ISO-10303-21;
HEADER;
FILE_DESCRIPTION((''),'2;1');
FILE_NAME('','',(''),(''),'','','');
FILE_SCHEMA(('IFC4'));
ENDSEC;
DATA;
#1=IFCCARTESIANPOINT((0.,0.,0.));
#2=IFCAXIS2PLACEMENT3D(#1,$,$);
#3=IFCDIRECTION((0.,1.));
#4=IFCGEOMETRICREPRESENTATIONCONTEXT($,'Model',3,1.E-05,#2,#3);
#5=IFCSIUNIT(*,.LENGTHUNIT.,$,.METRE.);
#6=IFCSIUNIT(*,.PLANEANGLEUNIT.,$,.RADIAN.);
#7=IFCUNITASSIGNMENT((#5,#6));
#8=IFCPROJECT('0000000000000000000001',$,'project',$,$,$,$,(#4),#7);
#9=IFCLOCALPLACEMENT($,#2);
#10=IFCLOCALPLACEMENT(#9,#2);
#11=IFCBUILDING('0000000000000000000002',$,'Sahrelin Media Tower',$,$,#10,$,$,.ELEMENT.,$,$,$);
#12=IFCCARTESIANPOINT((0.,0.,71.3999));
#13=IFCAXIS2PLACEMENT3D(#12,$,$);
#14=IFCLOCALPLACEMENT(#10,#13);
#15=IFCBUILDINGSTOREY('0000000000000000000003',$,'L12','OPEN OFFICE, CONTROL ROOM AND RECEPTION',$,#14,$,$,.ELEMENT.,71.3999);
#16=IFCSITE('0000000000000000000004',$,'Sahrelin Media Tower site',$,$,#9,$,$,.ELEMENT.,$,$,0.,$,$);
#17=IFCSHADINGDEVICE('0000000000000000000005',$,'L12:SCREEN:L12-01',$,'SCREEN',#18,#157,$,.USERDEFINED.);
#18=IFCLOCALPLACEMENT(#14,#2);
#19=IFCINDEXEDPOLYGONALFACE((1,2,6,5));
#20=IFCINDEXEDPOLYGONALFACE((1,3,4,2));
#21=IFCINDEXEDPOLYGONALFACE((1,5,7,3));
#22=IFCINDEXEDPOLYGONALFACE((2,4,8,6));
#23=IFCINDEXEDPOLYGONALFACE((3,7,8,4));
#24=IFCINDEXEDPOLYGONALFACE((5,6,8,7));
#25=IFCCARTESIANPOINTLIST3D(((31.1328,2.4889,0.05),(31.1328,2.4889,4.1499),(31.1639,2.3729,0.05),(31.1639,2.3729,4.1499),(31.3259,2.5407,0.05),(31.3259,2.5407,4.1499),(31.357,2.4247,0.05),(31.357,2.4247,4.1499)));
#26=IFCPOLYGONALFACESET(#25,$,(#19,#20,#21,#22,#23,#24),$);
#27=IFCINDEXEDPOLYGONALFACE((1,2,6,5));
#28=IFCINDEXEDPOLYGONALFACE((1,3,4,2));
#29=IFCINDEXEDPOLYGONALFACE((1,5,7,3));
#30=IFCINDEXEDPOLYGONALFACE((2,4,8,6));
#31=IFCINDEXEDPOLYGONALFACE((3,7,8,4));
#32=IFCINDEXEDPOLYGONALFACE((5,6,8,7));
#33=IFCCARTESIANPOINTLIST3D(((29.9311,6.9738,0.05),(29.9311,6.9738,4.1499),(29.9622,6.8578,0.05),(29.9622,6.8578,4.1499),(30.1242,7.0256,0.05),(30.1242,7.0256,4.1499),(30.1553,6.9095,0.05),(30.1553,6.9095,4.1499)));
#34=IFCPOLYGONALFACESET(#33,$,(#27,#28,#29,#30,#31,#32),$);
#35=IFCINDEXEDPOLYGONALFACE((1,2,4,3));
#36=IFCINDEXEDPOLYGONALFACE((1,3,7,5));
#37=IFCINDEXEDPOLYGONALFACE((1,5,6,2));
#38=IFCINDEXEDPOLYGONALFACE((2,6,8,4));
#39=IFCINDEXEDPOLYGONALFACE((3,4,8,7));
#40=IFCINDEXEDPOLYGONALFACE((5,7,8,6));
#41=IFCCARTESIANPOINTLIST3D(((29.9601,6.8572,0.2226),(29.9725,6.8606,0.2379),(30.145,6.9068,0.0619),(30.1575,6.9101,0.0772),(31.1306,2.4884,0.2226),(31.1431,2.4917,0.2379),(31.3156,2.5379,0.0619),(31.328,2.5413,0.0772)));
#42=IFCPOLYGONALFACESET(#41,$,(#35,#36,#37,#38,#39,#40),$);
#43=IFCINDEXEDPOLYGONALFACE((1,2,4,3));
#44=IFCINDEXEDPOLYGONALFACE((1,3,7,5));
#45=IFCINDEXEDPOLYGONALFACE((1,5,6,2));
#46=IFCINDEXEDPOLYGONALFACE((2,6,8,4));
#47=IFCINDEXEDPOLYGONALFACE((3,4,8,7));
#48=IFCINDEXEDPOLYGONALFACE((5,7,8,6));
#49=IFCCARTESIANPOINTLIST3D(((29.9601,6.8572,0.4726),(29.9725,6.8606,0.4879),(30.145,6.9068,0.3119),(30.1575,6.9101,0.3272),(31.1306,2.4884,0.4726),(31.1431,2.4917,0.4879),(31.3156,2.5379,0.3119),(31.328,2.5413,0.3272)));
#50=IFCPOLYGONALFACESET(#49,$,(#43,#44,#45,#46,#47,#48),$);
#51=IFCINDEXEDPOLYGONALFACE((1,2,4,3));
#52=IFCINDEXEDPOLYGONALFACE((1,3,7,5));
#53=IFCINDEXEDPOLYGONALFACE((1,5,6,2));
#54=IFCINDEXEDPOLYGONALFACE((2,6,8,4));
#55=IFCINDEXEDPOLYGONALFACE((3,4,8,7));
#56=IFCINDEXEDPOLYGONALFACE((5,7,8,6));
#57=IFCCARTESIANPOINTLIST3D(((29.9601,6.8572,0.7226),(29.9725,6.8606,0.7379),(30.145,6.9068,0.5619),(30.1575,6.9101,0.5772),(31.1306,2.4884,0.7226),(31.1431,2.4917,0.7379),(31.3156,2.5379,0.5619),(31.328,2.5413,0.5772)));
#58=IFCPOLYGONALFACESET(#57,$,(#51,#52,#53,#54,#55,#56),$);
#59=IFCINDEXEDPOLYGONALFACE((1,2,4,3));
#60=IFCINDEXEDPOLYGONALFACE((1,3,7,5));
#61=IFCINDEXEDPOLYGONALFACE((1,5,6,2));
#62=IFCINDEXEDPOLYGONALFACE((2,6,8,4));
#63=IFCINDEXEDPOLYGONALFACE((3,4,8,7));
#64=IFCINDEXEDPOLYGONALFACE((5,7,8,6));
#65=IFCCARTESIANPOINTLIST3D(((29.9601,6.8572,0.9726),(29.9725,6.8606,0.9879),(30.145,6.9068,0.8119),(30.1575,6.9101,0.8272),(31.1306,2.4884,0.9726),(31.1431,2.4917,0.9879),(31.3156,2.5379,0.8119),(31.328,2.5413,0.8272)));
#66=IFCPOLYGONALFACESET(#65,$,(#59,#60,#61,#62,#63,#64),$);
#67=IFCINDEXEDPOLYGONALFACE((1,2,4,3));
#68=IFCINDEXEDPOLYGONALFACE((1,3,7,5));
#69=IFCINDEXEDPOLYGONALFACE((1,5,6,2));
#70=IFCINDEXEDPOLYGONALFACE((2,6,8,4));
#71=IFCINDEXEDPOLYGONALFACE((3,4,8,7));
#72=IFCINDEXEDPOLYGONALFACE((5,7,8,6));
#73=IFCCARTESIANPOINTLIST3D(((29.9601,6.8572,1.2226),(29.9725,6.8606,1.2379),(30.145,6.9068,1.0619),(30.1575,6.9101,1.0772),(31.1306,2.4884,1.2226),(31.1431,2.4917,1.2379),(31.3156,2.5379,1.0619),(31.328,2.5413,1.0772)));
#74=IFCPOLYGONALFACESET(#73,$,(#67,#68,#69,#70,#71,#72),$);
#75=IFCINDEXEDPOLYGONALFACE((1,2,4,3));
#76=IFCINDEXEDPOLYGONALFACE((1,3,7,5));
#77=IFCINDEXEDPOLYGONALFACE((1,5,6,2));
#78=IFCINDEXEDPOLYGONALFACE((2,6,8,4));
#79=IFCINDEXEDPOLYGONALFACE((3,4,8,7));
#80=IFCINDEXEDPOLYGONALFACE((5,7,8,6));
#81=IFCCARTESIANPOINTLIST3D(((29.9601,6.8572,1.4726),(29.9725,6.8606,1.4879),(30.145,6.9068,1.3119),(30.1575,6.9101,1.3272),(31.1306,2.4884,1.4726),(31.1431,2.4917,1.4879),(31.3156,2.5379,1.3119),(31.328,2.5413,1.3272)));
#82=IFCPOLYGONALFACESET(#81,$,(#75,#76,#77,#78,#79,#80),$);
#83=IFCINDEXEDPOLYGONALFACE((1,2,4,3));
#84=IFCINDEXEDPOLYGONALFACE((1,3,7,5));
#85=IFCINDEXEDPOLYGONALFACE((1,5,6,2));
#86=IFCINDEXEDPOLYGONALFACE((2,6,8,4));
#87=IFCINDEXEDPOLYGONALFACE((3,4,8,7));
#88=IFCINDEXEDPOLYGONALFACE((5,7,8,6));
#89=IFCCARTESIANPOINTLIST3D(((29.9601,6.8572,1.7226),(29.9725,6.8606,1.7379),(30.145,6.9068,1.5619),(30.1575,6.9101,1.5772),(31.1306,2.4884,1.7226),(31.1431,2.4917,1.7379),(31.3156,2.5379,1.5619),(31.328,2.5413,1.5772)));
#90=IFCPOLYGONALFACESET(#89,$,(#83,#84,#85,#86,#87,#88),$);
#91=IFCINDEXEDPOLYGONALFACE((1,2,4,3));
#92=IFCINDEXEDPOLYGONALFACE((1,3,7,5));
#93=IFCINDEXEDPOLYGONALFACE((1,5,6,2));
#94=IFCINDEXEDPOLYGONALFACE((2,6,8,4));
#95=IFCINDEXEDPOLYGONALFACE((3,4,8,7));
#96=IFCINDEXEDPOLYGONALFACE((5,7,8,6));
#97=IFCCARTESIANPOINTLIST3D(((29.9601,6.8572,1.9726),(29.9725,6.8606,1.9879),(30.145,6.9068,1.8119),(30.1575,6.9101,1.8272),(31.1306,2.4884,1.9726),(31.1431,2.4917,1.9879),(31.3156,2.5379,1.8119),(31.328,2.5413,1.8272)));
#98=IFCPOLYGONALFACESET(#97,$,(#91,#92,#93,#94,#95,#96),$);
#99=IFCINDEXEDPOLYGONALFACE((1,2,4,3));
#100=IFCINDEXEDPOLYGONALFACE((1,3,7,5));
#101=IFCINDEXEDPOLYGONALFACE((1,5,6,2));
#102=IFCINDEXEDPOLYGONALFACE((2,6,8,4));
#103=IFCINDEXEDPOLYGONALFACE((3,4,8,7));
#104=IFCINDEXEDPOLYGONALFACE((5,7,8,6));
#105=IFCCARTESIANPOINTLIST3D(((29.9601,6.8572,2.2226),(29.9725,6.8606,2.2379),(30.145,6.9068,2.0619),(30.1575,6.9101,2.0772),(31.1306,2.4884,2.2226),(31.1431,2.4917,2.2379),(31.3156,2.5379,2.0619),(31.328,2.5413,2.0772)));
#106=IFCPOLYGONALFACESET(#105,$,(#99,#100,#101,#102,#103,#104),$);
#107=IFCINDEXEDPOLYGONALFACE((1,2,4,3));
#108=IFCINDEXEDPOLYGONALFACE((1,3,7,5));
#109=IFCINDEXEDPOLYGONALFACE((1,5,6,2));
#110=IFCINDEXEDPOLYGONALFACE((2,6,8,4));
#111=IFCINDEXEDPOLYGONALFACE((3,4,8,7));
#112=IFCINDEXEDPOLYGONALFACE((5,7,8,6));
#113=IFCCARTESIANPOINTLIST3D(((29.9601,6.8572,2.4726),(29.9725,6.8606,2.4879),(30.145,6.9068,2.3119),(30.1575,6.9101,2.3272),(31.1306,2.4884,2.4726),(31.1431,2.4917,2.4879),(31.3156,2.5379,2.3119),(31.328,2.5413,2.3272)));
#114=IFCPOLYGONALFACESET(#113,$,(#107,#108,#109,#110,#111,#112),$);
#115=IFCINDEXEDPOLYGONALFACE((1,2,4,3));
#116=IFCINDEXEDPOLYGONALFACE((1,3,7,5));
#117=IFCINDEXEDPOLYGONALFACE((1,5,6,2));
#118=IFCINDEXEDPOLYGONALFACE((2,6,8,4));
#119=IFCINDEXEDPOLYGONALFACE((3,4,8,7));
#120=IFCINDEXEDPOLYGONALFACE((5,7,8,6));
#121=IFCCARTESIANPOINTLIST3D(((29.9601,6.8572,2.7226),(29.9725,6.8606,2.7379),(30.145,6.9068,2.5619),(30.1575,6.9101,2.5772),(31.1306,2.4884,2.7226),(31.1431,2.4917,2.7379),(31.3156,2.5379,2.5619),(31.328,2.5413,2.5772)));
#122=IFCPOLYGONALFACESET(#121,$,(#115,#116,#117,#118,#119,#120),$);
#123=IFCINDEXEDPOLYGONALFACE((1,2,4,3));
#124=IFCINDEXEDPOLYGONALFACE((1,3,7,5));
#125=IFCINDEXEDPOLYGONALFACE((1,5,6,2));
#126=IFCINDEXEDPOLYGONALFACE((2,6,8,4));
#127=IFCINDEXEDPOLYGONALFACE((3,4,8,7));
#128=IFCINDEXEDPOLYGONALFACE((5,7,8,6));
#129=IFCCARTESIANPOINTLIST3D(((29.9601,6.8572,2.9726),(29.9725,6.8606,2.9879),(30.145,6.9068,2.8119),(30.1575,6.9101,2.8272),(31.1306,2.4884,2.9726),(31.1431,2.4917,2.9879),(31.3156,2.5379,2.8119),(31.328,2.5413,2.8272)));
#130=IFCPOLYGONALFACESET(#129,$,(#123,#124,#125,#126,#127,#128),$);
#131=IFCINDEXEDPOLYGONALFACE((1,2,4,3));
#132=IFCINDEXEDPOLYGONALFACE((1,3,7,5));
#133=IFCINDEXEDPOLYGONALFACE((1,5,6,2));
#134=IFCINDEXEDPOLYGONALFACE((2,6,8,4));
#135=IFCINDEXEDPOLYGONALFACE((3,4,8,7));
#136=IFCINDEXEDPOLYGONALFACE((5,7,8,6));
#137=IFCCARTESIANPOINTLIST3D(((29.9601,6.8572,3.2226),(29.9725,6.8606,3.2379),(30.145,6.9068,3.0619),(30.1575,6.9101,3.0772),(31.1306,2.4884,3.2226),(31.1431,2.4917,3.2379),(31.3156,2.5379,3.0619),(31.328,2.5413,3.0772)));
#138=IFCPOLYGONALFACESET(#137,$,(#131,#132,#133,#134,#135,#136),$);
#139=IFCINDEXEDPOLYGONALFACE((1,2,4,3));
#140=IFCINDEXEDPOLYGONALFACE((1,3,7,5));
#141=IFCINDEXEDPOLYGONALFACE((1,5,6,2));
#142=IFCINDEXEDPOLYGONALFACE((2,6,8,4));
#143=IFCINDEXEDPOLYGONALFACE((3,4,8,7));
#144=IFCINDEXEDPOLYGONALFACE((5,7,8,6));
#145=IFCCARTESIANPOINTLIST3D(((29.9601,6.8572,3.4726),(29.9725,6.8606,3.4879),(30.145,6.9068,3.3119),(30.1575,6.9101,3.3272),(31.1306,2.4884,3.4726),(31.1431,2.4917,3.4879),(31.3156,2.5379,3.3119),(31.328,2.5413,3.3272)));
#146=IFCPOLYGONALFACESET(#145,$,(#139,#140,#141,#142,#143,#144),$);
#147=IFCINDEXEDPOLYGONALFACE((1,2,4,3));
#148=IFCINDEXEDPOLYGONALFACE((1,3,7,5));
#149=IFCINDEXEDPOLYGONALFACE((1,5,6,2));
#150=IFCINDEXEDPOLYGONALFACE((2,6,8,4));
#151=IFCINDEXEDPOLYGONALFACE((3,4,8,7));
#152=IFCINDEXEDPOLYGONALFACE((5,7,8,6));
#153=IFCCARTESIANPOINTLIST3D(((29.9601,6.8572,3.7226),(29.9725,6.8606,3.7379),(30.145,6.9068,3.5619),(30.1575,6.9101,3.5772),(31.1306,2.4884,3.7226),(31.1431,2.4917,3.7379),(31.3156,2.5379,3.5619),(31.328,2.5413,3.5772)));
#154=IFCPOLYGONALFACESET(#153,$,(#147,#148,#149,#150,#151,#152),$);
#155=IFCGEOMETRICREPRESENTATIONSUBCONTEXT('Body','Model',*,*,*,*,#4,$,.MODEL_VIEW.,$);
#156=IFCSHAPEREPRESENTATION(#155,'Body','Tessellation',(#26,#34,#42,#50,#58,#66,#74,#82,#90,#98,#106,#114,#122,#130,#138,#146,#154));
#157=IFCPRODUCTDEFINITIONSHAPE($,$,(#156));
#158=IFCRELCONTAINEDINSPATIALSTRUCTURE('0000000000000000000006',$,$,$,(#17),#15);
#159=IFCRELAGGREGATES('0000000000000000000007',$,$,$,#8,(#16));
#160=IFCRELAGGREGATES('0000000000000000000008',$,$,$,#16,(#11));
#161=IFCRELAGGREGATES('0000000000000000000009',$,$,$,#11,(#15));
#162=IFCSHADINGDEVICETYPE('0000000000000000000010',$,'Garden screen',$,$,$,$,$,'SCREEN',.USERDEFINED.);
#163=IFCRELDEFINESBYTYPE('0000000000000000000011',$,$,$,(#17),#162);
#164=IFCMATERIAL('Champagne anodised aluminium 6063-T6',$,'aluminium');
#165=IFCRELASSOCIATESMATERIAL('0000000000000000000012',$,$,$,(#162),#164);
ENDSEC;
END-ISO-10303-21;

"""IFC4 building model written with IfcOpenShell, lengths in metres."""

from ifc_helpers import new_model, si_unit, direction, frame, origin, origin_2d, place, context, subcontext, project, spatial, rectangle, extrude, material, type_object, element, save


model = new_model("IFC4")

# Units and contexts
model_context = context("Model", 3, precision=1e-05, world=origin(), true_north=direction((0.0, 1.0)))
body_context = subcontext(model_context, "Body", "Model", "MODEL_VIEW")
ifc_project = project(units=[si_unit("LENGTHUNIT", "METRE"), si_unit("PLANEANGLEUNIT", "RADIAN")], contexts=[model_context])

# Site, building, storey
site_placement = place(None, origin())
site = spatial("IfcSite", under=ifc_project, at=site_placement, Name="Sahrelin Media Tower site", CompositionType="ELEMENT", RefElevation=0.0)
building_placement = place(site_placement, origin())
building = spatial("IfcBuilding", under=site, at=building_placement, Name="Sahrelin Media Tower", CompositionType="ELEMENT")
storey_placement = place(building_placement, frame((0.0, 0.0, 71.3999)))
storey = spatial("IfcBuildingStorey", under=building, at=storey_placement, Name="L12", Description="OPEN OFFICE, CONTROL ROOM AND RECEPTION", CompositionType="ELEMENT", Elevation=71.3999)

# Shading device
ifc_material_1 = material(Name="Champagne anodised aluminium 6063-T6", Category="aluminium")
shading_device_type = type_object("IfcShadingDeviceType", Name="Garden screen", ElementType="SCREEN", PredefinedType="USERDEFINED", material=ifc_material_1)
shading_device_1_placement = place(storey_placement, frame((30.5474, 4.6733, 0.0), z_axis=(0.0, 0.0, 1.0), x_axis=(0.258808, -0.965929, 0.0)))
element("IfcShadingDevice", 1, at=shading_device_1_placement, inside=storey, type_object=shading_device_type, Name="L12:SCREEN:L12-01", ObjectType="SCREEN", PredefinedType="USERDEFINED", context=body_context, shape_type="SweptSolid", body=[
    extrude(rectangle(XDim=0.1201, YDim=0.2, at=origin_2d()), frame((2.3215, 0.1001, 0.05), z_axis=(0.0, 0.0, 1.0), x_axis=(1.0, 0.0, 0.0)), (0.0, 0.0, 1.0), 4.0999),
    extrude(rectangle(XDim=0.1201, YDim=0.2, at=origin_2d()), frame((-2.3215, 0.1001, 0.05), z_axis=(0.0, 0.0, 1.0), x_axis=(1.0, 0.0, 0.0)), (0.0, 0.0, 1.0), 4.0999),
    extrude(rectangle(XDim=0.25, YDim=0.02, at=origin_2d()), frame((2.2615, 0.1001, 0.1499), z_axis=(-1.0, 0.0, 0.0), x_axis=(0.0, -0.766044, 0.642788)), (0.0, 0.0, 1.0), 4.5229),
    extrude(rectangle(XDim=0.25, YDim=0.02, at=origin_2d()), frame((2.2615, 0.1001, 0.3999), z_axis=(-1.0, 0.0, 0.0), x_axis=(0.0, -0.766044, 0.642788)), (0.0, 0.0, 1.0), 4.5229),
    extrude(rectangle(XDim=0.25, YDim=0.02, at=origin_2d()), frame((2.2615, 0.1001, 0.6499), z_axis=(-1.0, 0.0, 0.0), x_axis=(0.0, -0.766044, 0.642788)), (0.0, 0.0, 1.0), 4.5229),
    extrude(rectangle(XDim=0.25, YDim=0.02, at=origin_2d()), frame((2.2615, 0.1001, 0.8999), z_axis=(-1.0, 0.0, 0.0), x_axis=(0.0, -0.766044, 0.642788)), (0.0, 0.0, 1.0), 4.5229),
    extrude(rectangle(XDim=0.25, YDim=0.02, at=origin_2d()), frame((2.2615, 0.1001, 1.1499), z_axis=(-1.0, 0.0, 0.0), x_axis=(0.0, -0.766044, 0.642788)), (0.0, 0.0, 1.0), 4.5229),
    extrude(rectangle(XDim=0.25, YDim=0.02, at=origin_2d()), frame((2.2615, 0.1001, 1.3999), z_axis=(-1.0, 0.0, 0.0), x_axis=(0.0, -0.766044, 0.642788)), (0.0, 0.0, 1.0), 4.5229),
    extrude(rectangle(XDim=0.25, YDim=0.02, at=origin_2d()), frame((2.2615, 0.1001, 1.6499), z_axis=(-1.0, 0.0, 0.0), x_axis=(0.0, -0.766044, 0.642788)), (0.0, 0.0, 1.0), 4.5229),
    extrude(rectangle(XDim=0.25, YDim=0.02, at=origin_2d()), frame((2.2615, 0.1001, 1.8999), z_axis=(-1.0, 0.0, 0.0), x_axis=(0.0, -0.766044, 0.642788)), (0.0, 0.0, 1.0), 4.5229),
    extrude(rectangle(XDim=0.25, YDim=0.02, at=origin_2d()), frame((2.2615, 0.1001, 2.1499), z_axis=(-1.0, 0.0, 0.0), x_axis=(0.0, -0.766044, 0.642788)), (0.0, 0.0, 1.0), 4.5229),
    extrude(rectangle(XDim=0.25, YDim=0.02, at=origin_2d()), frame((2.2615, 0.1001, 2.3999), z_axis=(-1.0, 0.0, 0.0), x_axis=(0.0, -0.766044, 0.642788)), (0.0, 0.0, 1.0), 4.5229),
    extrude(rectangle(XDim=0.25, YDim=0.02, at=origin_2d()), frame((2.2615, 0.1001, 2.6499), z_axis=(-1.0, 0.0, 0.0), x_axis=(0.0, -0.766044, 0.642788)), (0.0, 0.0, 1.0), 4.5229),
    extrude(rectangle(XDim=0.25, YDim=0.02, at=origin_2d()), frame((2.2615, 0.1001, 2.8999), z_axis=(-1.0, 0.0, 0.0), x_axis=(0.0, -0.766044, 0.642788)), (0.0, 0.0, 1.0), 4.5229),
    extrude(rectangle(XDim=0.25, YDim=0.02, at=origin_2d()), frame((2.2615, 0.1001, 3.1499), z_axis=(-1.0, 0.0, 0.0), x_axis=(0.0, -0.766044, 0.642788)), (0.0, 0.0, 1.0), 4.5229),
    extrude(rectangle(XDim=0.25, YDim=0.02, at=origin_2d()), frame((2.2615, 0.1001, 3.3999), z_axis=(-1.0, 0.0, 0.0), x_axis=(0.0, -0.766044, 0.642788)), (0.0, 0.0, 1.0), 4.5229),
    extrude(rectangle(XDim=0.25, YDim=0.02, at=origin_2d()), frame((2.2615, 0.1001, 3.6499), z_axis=(-1.0, 0.0, 0.0), x_axis=(0.0, -0.766044, 0.642788)), (0.0, 0.0, 1.0), 4.5229),
])

save(model, "model.ifc")
